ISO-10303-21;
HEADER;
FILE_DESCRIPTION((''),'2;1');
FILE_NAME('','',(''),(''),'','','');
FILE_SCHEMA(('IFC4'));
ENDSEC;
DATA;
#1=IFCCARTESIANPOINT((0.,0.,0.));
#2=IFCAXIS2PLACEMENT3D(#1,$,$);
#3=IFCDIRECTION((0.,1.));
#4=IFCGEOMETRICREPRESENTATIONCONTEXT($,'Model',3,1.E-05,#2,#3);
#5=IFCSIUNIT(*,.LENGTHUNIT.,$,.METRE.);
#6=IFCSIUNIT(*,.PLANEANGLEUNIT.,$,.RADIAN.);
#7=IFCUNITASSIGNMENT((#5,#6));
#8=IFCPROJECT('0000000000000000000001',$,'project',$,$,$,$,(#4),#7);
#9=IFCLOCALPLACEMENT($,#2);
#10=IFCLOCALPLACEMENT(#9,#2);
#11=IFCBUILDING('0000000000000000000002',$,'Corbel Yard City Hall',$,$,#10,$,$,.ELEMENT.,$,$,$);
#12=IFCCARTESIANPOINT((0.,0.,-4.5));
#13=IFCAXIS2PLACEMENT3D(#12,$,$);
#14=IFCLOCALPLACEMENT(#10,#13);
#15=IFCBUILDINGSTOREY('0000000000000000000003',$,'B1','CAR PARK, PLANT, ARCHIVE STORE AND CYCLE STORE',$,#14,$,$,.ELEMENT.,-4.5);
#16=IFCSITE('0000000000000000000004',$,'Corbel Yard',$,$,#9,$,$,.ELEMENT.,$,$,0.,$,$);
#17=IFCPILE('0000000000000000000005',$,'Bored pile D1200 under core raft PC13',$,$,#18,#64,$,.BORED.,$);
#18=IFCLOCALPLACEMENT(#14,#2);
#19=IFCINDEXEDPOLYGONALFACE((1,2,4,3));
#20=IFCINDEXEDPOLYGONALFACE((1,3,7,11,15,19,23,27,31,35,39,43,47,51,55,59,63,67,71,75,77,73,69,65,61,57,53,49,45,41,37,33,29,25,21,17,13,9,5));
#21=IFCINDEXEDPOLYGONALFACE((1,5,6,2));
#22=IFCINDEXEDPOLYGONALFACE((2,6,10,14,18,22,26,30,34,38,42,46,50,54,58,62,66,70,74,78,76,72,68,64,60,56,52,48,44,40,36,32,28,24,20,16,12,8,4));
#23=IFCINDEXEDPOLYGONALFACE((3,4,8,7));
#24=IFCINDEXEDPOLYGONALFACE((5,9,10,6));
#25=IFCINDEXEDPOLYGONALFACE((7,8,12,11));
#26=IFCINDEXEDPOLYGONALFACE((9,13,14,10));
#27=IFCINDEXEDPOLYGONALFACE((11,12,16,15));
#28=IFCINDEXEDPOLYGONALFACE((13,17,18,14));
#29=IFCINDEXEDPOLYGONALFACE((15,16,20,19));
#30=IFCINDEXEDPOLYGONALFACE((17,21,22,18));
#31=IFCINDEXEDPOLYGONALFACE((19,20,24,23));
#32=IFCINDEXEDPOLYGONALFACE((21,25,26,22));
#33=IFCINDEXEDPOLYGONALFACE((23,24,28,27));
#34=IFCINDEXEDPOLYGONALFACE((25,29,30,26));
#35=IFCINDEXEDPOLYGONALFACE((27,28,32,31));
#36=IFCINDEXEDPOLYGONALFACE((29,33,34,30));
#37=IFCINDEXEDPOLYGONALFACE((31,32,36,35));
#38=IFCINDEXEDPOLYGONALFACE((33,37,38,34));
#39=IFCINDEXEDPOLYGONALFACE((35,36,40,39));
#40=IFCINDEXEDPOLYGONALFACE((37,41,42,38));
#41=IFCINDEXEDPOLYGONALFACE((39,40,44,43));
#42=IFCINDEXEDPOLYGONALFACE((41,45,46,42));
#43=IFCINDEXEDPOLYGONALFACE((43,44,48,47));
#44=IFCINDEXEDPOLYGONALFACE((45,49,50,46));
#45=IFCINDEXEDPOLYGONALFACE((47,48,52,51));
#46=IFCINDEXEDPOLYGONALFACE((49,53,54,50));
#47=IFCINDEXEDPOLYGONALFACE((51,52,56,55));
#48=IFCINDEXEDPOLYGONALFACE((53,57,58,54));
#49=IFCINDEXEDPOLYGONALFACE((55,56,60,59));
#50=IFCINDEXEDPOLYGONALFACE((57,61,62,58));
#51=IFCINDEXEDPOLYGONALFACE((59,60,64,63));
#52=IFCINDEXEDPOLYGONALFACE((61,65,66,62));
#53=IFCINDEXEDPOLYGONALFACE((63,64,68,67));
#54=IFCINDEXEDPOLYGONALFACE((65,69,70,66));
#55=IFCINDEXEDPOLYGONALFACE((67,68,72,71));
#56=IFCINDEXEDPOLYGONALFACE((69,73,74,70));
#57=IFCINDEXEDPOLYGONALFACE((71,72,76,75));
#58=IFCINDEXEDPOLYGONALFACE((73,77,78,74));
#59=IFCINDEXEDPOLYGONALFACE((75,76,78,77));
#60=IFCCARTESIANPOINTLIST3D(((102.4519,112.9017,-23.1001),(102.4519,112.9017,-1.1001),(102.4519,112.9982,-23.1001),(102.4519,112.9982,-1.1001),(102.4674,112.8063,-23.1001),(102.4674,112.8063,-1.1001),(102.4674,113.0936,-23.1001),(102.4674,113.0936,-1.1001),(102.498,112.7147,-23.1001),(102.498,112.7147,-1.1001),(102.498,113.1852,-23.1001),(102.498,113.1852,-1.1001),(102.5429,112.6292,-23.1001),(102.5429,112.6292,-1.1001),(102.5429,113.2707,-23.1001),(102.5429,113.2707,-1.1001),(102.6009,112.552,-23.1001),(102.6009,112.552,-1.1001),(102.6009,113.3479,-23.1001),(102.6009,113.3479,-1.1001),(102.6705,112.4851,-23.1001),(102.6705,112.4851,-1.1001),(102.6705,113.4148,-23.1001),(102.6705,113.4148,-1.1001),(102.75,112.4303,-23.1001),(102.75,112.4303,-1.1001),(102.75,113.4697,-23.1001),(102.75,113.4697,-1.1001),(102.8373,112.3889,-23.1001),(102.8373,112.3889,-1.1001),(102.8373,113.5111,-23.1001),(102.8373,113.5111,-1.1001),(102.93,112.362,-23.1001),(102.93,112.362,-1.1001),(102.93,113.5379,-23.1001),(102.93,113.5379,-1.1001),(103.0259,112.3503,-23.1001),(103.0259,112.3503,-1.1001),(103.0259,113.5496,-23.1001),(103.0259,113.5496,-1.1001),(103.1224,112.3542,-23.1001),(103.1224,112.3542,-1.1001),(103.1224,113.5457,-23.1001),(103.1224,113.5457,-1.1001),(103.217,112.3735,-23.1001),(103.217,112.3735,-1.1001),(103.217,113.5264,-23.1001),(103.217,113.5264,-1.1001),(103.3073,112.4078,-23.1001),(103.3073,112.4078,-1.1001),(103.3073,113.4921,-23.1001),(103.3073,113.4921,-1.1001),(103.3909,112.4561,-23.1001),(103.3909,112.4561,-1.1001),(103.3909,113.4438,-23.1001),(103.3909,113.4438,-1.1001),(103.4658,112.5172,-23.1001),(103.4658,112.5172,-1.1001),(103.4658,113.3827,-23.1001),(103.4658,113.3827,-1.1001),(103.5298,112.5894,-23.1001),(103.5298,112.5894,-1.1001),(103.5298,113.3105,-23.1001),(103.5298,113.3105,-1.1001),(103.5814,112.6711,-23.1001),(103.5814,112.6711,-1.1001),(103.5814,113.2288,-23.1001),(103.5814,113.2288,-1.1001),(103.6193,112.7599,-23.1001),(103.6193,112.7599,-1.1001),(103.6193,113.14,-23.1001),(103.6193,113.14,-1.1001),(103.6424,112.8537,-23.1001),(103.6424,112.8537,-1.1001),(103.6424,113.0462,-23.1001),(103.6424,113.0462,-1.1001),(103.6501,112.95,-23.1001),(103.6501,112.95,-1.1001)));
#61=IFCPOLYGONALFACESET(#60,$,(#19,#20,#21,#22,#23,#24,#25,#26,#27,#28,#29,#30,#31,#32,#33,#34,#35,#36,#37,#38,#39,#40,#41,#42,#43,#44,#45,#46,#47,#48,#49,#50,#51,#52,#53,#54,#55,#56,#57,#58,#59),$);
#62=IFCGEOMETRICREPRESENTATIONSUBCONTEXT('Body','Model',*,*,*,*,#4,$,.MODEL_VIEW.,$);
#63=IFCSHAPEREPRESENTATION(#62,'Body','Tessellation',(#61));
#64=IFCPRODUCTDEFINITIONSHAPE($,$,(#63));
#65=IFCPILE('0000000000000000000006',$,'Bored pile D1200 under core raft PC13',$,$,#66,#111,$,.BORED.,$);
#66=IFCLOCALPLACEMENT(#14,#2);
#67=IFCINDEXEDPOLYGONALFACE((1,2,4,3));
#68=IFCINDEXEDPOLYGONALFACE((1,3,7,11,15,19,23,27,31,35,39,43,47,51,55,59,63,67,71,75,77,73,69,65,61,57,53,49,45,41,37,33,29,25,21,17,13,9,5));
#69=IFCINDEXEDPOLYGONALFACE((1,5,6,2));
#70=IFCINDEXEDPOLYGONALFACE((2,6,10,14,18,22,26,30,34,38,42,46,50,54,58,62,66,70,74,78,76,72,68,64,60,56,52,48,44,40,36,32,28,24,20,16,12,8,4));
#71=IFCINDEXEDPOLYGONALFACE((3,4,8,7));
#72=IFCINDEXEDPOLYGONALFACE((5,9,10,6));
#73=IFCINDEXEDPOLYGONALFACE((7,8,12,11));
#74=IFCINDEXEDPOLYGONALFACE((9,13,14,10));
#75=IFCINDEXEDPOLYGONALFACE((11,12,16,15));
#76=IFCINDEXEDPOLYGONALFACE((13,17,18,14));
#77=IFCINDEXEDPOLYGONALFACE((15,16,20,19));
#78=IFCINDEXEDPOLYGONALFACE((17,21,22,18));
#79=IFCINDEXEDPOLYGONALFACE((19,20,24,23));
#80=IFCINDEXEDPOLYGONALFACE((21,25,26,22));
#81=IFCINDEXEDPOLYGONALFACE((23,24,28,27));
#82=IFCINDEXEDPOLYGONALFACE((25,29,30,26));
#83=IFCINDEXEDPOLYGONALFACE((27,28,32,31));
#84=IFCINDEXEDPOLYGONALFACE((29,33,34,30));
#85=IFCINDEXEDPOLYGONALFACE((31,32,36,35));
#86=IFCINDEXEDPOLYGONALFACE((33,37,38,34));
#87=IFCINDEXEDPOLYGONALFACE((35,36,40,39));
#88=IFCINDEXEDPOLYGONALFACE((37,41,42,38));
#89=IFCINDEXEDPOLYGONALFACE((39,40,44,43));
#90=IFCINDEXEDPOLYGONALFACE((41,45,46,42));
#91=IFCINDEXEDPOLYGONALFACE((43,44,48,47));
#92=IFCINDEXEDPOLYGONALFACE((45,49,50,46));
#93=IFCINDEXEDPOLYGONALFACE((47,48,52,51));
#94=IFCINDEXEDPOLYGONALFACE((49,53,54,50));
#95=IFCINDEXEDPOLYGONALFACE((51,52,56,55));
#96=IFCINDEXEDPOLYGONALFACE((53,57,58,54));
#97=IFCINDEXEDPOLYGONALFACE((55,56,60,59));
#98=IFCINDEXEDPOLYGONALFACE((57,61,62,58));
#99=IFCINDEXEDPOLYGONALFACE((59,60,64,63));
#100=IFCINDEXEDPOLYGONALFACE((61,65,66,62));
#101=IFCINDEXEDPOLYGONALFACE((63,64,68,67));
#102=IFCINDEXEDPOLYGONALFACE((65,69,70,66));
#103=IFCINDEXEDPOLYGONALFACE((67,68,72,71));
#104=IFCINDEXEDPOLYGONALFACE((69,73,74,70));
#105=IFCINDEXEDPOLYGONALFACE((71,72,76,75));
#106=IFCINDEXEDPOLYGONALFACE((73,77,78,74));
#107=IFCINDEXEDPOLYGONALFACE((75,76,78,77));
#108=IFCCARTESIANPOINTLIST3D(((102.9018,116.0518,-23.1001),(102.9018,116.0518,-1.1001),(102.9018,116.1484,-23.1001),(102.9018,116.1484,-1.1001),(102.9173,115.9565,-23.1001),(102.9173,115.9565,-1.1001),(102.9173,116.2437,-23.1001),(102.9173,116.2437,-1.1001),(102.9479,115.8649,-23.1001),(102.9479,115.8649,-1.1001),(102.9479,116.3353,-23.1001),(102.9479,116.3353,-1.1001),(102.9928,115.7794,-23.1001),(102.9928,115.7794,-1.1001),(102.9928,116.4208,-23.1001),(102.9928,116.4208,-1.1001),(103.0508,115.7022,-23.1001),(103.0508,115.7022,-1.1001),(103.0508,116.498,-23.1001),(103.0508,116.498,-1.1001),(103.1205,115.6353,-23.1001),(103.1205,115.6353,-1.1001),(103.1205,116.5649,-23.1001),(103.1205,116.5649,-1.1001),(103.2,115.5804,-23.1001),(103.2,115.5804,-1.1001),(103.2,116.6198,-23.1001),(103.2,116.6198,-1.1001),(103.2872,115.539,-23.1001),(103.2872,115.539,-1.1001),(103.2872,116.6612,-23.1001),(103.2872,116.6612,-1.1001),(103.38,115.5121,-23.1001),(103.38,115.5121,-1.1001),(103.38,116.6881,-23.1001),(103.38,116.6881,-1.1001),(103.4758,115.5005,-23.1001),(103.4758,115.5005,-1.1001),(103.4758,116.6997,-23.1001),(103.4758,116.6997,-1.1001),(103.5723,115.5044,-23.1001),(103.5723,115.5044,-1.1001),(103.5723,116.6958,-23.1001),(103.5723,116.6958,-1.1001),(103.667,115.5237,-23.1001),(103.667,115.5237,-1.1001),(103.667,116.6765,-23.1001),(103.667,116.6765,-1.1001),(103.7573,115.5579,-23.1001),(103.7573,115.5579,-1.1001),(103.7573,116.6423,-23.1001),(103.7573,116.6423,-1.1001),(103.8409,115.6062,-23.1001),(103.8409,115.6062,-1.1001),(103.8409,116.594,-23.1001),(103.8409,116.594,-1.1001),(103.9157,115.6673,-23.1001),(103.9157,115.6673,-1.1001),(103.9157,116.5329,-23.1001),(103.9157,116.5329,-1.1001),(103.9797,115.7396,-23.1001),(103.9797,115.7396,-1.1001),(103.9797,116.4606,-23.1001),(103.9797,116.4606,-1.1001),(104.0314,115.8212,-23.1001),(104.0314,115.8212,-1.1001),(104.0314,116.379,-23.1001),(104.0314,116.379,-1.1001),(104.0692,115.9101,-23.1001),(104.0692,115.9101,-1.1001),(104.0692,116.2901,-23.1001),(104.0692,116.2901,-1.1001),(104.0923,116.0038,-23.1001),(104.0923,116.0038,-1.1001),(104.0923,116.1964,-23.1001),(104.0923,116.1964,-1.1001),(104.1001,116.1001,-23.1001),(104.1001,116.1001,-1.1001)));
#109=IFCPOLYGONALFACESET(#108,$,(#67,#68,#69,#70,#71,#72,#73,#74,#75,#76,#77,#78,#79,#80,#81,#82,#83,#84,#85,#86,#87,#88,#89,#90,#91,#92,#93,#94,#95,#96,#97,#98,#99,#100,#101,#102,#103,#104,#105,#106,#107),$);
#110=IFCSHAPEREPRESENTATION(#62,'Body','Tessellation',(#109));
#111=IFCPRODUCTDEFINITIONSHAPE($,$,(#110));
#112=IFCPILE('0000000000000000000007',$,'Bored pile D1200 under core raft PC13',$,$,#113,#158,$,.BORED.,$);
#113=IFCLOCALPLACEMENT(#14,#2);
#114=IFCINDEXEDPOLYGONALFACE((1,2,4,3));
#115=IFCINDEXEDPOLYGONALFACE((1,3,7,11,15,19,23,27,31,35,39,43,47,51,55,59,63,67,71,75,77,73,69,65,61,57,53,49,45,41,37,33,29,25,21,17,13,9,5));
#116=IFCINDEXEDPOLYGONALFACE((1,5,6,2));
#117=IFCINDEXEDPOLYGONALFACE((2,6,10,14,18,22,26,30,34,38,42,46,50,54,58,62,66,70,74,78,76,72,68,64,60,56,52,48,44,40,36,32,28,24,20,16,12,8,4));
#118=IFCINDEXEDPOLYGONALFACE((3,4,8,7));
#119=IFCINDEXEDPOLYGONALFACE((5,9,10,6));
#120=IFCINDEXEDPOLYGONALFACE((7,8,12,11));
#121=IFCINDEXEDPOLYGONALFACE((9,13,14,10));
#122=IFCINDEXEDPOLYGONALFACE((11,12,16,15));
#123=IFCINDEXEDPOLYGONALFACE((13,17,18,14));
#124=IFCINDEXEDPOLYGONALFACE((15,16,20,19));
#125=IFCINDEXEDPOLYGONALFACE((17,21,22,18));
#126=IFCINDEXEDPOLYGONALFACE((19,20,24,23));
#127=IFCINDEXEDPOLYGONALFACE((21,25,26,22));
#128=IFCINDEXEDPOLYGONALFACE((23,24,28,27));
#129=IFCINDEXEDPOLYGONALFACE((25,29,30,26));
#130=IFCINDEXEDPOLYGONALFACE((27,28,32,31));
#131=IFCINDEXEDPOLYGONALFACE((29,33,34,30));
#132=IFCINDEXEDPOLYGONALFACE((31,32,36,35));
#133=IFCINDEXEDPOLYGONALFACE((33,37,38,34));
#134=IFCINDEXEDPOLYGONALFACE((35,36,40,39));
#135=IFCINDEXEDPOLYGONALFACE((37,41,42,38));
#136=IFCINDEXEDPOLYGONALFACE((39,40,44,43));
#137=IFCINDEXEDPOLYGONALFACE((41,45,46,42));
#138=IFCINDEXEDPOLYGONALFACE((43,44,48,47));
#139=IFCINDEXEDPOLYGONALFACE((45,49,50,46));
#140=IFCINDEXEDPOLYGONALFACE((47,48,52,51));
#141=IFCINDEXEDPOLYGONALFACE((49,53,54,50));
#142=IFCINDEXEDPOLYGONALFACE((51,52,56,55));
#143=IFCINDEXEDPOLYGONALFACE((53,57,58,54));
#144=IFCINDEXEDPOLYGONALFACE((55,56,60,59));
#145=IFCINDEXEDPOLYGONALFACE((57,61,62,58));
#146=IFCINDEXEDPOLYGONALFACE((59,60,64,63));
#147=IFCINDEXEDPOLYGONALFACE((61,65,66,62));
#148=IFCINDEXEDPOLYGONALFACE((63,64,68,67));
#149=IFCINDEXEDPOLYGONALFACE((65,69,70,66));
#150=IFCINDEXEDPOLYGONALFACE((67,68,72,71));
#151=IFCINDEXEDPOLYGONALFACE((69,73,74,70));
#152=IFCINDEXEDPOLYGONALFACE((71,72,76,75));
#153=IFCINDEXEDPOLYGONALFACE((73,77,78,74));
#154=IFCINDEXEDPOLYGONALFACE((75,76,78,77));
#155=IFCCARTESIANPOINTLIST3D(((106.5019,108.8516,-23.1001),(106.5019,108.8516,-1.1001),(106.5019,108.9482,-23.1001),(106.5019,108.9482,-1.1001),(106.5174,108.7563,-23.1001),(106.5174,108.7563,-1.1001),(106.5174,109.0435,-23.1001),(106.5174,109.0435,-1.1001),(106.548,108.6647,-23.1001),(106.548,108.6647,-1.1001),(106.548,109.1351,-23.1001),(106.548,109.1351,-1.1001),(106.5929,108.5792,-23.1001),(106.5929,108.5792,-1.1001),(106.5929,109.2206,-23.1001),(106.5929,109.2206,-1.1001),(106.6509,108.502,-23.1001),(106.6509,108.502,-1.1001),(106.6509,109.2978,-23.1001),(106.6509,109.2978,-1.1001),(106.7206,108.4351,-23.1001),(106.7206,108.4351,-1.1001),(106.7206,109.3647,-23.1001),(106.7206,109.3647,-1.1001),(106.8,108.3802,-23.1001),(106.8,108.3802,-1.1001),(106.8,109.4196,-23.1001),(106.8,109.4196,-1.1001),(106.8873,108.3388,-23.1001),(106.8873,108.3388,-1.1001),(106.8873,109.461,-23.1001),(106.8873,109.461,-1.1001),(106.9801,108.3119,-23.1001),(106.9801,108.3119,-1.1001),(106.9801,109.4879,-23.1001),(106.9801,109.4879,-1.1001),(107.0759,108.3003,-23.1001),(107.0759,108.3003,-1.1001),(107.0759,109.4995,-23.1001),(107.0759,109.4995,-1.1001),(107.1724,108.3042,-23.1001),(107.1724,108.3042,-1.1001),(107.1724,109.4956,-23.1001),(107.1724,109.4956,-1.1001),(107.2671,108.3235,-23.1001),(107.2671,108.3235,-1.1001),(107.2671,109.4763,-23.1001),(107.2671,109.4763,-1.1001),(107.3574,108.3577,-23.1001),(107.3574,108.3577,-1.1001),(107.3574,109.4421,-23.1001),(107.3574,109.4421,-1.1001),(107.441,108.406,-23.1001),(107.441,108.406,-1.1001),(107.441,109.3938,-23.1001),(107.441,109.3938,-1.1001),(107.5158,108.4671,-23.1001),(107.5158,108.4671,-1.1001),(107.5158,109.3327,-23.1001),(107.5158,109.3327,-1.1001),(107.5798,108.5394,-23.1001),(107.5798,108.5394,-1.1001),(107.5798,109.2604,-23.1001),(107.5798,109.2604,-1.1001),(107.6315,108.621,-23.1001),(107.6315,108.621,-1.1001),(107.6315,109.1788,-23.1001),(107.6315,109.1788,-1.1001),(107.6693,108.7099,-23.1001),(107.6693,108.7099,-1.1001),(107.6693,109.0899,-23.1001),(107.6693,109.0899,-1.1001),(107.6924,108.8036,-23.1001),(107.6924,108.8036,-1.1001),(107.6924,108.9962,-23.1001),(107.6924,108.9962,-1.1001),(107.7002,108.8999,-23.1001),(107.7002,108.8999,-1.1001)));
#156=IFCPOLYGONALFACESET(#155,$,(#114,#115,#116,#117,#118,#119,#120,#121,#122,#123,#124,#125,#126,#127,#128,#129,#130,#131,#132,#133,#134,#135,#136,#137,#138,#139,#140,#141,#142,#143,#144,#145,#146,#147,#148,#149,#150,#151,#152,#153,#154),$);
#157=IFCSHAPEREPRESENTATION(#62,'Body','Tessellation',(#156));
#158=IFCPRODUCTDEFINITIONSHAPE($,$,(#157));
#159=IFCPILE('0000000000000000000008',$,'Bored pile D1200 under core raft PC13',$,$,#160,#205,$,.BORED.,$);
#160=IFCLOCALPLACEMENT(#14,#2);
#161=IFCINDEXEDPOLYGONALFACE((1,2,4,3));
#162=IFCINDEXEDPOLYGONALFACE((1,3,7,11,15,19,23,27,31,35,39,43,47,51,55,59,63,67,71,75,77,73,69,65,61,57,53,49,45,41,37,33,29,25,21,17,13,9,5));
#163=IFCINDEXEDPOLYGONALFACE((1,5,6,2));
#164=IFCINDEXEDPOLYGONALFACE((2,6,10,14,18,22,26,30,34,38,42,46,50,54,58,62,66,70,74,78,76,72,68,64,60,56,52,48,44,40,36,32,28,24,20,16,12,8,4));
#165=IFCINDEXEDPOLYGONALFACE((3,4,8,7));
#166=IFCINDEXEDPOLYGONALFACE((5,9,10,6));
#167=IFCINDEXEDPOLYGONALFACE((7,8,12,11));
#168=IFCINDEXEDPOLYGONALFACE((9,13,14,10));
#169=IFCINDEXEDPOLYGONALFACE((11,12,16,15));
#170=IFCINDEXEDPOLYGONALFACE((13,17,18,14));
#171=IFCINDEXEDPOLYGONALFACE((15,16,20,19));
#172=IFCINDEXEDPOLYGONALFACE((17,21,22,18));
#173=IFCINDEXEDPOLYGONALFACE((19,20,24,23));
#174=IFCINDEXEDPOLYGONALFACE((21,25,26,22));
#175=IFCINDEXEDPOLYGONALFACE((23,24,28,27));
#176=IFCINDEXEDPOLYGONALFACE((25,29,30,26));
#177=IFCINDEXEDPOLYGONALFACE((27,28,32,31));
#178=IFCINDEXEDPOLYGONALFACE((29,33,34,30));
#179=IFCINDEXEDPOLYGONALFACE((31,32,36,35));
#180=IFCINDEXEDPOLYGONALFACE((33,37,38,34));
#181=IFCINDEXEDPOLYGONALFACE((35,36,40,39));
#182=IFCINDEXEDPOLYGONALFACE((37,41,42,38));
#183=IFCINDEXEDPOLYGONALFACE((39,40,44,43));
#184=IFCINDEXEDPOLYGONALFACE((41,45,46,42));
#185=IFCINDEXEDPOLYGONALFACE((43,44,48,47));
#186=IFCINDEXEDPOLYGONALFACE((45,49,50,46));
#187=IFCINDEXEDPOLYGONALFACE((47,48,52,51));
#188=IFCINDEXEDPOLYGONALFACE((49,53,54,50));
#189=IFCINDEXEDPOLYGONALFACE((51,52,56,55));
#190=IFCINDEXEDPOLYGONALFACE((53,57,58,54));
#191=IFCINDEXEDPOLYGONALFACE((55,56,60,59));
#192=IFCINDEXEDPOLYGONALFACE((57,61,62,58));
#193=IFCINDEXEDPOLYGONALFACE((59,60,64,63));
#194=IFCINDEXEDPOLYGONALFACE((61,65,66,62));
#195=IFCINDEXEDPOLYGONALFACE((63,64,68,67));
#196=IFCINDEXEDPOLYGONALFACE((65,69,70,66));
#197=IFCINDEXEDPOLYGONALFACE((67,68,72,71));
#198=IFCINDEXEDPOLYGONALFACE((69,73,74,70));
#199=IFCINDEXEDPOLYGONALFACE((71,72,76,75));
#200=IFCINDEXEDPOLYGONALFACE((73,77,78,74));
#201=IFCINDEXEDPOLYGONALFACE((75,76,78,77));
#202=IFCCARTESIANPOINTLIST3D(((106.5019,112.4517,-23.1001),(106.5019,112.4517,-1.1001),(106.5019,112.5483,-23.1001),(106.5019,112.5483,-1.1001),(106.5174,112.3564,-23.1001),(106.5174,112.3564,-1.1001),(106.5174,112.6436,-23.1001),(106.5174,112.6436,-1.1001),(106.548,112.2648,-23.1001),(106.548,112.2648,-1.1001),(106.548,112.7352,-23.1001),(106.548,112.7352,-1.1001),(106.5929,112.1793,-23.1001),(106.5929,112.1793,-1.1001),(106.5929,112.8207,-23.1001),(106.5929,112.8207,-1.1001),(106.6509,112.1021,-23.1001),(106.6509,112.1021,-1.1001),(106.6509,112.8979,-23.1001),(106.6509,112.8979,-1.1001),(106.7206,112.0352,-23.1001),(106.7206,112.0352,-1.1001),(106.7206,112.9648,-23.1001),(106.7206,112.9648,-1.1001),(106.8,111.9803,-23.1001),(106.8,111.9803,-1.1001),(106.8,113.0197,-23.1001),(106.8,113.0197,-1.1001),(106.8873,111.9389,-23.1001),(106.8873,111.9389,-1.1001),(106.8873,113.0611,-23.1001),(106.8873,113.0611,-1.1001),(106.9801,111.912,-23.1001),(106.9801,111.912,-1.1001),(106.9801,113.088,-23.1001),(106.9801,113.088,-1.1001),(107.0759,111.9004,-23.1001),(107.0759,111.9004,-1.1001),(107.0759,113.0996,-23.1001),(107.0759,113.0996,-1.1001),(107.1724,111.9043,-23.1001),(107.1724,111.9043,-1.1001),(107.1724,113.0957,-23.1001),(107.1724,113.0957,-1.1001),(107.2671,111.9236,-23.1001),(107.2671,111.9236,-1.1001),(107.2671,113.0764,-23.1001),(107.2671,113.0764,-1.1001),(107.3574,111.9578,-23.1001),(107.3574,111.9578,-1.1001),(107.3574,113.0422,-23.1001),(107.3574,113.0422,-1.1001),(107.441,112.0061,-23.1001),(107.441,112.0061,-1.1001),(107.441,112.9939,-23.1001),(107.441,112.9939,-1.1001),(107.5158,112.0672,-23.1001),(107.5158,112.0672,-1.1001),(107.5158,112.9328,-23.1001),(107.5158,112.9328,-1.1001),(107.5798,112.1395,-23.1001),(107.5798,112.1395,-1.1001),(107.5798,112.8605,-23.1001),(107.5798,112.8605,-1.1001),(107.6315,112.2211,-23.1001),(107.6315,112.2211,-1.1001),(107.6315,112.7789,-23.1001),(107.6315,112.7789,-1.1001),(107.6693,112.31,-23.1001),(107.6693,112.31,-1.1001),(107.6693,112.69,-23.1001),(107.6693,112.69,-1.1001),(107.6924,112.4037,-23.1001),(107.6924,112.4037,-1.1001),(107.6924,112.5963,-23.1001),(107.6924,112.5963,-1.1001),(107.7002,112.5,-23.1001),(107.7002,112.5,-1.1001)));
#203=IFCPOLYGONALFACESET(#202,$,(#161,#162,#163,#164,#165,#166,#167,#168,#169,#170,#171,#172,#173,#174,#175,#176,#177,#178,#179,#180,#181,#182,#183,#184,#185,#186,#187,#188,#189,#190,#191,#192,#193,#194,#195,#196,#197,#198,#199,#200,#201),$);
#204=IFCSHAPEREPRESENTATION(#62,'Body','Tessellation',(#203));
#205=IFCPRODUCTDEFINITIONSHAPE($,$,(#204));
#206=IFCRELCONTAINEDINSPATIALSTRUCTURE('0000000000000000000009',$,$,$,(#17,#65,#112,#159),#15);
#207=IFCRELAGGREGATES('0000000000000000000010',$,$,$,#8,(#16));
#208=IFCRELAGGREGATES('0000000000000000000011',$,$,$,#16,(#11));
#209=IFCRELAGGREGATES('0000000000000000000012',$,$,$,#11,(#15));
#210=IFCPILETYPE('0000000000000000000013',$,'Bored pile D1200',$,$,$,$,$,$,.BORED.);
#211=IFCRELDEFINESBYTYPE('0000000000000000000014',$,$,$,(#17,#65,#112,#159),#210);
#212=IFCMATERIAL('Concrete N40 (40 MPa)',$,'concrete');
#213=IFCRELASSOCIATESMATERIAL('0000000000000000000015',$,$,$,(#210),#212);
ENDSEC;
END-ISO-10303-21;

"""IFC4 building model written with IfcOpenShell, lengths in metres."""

from ifc_helpers import new_model, si_unit, direction, frame, origin, origin_2d, place, context, subcontext, project, spatial, circle, extrude, material, material_profile, profile_set, type_object, element, save


model = new_model("IFC4")

# Units and contexts
model_context = context("Model", 3, precision=1e-05, world=origin(), true_north=direction((0.0, 1.0)))
body_context = subcontext(model_context, "Body", "Model", "MODEL_VIEW")
ifc_project = project(units=[si_unit("LENGTHUNIT", "METRE"), si_unit("PLANEANGLEUNIT", "RADIAN")], contexts=[model_context])

# Site, building, storey
site_placement = place(None, origin())
site = spatial("IfcSite", under=ifc_project, at=site_placement, Name="Corbel Yard", CompositionType="ELEMENT", RefElevation=0.0)
building_placement = place(site_placement, origin())
building = spatial("IfcBuilding", under=site, at=building_placement, Name="Corbel Yard City Hall", CompositionType="ELEMENT")
storey_placement = place(building_placement, frame((0.0, 0.0, -4.5)))
storey = spatial("IfcBuildingStorey", under=building, at=storey_placement, Name="B1", Description="CAR PARK, PLANT, ARCHIVE STORE AND CYCLE STORE", CompositionType="ELEMENT", Elevation=-4.5)

# Piles
ifc_material_1 = material(Name="Concrete N40 (40 MPa)", Category="concrete")
ifc_material_profile_1 = material_profile(ifc_material_1, circle(Radius=0.6001, at=origin_2d()), Name="D1200")
ifc_profile_set_1 = profile_set([ifc_material_profile_1], Name="Concrete N40 (40 MPa)")
pile_type_1 = type_object("IfcPileType", Name="Bored pile D1200", PredefinedType="BORED", material=ifc_profile_set_1)
for number, where, z_axis, x_axis, name in (
    (1, (103.05, 112.95, -1.1001), (0.0, 0.0, -1.0), (1.0, 0.0, 0.0), "Bored pile D1200 under core raft PC13"),
    (2, (103.5, 116.1001, -1.1001), (0.0, 0.0, -1.0), (1.0, 0.0, 0.0), "Bored pile D1200 under core raft PC13"),
    (3, (107.1001, 108.8999, -1.1001), (0.0, 0.0, -1.0), (1.0, 0.0, 0.0), "Bored pile D1200 under core raft PC13"),
    (4, (107.1001, 112.5, -1.1001), (0.0, 0.0, -1.0), (1.0, 0.0, 0.0), "Bored pile D1200 under core raft PC13"),
):
    element("IfcPile", number, at=place(storey_placement, frame(where, z_axis=z_axis, x_axis=x_axis)), inside=storey, type_object=pile_type_1, Name=name, PredefinedType="BORED", context=body_context, shape_type="SweptSolid", body=[
        extrude(circle(Radius=0.6001, at=origin_2d()), origin(), (0.0, 0.0, 1.0), 22.0),
    ])

save(model, "model.ifc")
